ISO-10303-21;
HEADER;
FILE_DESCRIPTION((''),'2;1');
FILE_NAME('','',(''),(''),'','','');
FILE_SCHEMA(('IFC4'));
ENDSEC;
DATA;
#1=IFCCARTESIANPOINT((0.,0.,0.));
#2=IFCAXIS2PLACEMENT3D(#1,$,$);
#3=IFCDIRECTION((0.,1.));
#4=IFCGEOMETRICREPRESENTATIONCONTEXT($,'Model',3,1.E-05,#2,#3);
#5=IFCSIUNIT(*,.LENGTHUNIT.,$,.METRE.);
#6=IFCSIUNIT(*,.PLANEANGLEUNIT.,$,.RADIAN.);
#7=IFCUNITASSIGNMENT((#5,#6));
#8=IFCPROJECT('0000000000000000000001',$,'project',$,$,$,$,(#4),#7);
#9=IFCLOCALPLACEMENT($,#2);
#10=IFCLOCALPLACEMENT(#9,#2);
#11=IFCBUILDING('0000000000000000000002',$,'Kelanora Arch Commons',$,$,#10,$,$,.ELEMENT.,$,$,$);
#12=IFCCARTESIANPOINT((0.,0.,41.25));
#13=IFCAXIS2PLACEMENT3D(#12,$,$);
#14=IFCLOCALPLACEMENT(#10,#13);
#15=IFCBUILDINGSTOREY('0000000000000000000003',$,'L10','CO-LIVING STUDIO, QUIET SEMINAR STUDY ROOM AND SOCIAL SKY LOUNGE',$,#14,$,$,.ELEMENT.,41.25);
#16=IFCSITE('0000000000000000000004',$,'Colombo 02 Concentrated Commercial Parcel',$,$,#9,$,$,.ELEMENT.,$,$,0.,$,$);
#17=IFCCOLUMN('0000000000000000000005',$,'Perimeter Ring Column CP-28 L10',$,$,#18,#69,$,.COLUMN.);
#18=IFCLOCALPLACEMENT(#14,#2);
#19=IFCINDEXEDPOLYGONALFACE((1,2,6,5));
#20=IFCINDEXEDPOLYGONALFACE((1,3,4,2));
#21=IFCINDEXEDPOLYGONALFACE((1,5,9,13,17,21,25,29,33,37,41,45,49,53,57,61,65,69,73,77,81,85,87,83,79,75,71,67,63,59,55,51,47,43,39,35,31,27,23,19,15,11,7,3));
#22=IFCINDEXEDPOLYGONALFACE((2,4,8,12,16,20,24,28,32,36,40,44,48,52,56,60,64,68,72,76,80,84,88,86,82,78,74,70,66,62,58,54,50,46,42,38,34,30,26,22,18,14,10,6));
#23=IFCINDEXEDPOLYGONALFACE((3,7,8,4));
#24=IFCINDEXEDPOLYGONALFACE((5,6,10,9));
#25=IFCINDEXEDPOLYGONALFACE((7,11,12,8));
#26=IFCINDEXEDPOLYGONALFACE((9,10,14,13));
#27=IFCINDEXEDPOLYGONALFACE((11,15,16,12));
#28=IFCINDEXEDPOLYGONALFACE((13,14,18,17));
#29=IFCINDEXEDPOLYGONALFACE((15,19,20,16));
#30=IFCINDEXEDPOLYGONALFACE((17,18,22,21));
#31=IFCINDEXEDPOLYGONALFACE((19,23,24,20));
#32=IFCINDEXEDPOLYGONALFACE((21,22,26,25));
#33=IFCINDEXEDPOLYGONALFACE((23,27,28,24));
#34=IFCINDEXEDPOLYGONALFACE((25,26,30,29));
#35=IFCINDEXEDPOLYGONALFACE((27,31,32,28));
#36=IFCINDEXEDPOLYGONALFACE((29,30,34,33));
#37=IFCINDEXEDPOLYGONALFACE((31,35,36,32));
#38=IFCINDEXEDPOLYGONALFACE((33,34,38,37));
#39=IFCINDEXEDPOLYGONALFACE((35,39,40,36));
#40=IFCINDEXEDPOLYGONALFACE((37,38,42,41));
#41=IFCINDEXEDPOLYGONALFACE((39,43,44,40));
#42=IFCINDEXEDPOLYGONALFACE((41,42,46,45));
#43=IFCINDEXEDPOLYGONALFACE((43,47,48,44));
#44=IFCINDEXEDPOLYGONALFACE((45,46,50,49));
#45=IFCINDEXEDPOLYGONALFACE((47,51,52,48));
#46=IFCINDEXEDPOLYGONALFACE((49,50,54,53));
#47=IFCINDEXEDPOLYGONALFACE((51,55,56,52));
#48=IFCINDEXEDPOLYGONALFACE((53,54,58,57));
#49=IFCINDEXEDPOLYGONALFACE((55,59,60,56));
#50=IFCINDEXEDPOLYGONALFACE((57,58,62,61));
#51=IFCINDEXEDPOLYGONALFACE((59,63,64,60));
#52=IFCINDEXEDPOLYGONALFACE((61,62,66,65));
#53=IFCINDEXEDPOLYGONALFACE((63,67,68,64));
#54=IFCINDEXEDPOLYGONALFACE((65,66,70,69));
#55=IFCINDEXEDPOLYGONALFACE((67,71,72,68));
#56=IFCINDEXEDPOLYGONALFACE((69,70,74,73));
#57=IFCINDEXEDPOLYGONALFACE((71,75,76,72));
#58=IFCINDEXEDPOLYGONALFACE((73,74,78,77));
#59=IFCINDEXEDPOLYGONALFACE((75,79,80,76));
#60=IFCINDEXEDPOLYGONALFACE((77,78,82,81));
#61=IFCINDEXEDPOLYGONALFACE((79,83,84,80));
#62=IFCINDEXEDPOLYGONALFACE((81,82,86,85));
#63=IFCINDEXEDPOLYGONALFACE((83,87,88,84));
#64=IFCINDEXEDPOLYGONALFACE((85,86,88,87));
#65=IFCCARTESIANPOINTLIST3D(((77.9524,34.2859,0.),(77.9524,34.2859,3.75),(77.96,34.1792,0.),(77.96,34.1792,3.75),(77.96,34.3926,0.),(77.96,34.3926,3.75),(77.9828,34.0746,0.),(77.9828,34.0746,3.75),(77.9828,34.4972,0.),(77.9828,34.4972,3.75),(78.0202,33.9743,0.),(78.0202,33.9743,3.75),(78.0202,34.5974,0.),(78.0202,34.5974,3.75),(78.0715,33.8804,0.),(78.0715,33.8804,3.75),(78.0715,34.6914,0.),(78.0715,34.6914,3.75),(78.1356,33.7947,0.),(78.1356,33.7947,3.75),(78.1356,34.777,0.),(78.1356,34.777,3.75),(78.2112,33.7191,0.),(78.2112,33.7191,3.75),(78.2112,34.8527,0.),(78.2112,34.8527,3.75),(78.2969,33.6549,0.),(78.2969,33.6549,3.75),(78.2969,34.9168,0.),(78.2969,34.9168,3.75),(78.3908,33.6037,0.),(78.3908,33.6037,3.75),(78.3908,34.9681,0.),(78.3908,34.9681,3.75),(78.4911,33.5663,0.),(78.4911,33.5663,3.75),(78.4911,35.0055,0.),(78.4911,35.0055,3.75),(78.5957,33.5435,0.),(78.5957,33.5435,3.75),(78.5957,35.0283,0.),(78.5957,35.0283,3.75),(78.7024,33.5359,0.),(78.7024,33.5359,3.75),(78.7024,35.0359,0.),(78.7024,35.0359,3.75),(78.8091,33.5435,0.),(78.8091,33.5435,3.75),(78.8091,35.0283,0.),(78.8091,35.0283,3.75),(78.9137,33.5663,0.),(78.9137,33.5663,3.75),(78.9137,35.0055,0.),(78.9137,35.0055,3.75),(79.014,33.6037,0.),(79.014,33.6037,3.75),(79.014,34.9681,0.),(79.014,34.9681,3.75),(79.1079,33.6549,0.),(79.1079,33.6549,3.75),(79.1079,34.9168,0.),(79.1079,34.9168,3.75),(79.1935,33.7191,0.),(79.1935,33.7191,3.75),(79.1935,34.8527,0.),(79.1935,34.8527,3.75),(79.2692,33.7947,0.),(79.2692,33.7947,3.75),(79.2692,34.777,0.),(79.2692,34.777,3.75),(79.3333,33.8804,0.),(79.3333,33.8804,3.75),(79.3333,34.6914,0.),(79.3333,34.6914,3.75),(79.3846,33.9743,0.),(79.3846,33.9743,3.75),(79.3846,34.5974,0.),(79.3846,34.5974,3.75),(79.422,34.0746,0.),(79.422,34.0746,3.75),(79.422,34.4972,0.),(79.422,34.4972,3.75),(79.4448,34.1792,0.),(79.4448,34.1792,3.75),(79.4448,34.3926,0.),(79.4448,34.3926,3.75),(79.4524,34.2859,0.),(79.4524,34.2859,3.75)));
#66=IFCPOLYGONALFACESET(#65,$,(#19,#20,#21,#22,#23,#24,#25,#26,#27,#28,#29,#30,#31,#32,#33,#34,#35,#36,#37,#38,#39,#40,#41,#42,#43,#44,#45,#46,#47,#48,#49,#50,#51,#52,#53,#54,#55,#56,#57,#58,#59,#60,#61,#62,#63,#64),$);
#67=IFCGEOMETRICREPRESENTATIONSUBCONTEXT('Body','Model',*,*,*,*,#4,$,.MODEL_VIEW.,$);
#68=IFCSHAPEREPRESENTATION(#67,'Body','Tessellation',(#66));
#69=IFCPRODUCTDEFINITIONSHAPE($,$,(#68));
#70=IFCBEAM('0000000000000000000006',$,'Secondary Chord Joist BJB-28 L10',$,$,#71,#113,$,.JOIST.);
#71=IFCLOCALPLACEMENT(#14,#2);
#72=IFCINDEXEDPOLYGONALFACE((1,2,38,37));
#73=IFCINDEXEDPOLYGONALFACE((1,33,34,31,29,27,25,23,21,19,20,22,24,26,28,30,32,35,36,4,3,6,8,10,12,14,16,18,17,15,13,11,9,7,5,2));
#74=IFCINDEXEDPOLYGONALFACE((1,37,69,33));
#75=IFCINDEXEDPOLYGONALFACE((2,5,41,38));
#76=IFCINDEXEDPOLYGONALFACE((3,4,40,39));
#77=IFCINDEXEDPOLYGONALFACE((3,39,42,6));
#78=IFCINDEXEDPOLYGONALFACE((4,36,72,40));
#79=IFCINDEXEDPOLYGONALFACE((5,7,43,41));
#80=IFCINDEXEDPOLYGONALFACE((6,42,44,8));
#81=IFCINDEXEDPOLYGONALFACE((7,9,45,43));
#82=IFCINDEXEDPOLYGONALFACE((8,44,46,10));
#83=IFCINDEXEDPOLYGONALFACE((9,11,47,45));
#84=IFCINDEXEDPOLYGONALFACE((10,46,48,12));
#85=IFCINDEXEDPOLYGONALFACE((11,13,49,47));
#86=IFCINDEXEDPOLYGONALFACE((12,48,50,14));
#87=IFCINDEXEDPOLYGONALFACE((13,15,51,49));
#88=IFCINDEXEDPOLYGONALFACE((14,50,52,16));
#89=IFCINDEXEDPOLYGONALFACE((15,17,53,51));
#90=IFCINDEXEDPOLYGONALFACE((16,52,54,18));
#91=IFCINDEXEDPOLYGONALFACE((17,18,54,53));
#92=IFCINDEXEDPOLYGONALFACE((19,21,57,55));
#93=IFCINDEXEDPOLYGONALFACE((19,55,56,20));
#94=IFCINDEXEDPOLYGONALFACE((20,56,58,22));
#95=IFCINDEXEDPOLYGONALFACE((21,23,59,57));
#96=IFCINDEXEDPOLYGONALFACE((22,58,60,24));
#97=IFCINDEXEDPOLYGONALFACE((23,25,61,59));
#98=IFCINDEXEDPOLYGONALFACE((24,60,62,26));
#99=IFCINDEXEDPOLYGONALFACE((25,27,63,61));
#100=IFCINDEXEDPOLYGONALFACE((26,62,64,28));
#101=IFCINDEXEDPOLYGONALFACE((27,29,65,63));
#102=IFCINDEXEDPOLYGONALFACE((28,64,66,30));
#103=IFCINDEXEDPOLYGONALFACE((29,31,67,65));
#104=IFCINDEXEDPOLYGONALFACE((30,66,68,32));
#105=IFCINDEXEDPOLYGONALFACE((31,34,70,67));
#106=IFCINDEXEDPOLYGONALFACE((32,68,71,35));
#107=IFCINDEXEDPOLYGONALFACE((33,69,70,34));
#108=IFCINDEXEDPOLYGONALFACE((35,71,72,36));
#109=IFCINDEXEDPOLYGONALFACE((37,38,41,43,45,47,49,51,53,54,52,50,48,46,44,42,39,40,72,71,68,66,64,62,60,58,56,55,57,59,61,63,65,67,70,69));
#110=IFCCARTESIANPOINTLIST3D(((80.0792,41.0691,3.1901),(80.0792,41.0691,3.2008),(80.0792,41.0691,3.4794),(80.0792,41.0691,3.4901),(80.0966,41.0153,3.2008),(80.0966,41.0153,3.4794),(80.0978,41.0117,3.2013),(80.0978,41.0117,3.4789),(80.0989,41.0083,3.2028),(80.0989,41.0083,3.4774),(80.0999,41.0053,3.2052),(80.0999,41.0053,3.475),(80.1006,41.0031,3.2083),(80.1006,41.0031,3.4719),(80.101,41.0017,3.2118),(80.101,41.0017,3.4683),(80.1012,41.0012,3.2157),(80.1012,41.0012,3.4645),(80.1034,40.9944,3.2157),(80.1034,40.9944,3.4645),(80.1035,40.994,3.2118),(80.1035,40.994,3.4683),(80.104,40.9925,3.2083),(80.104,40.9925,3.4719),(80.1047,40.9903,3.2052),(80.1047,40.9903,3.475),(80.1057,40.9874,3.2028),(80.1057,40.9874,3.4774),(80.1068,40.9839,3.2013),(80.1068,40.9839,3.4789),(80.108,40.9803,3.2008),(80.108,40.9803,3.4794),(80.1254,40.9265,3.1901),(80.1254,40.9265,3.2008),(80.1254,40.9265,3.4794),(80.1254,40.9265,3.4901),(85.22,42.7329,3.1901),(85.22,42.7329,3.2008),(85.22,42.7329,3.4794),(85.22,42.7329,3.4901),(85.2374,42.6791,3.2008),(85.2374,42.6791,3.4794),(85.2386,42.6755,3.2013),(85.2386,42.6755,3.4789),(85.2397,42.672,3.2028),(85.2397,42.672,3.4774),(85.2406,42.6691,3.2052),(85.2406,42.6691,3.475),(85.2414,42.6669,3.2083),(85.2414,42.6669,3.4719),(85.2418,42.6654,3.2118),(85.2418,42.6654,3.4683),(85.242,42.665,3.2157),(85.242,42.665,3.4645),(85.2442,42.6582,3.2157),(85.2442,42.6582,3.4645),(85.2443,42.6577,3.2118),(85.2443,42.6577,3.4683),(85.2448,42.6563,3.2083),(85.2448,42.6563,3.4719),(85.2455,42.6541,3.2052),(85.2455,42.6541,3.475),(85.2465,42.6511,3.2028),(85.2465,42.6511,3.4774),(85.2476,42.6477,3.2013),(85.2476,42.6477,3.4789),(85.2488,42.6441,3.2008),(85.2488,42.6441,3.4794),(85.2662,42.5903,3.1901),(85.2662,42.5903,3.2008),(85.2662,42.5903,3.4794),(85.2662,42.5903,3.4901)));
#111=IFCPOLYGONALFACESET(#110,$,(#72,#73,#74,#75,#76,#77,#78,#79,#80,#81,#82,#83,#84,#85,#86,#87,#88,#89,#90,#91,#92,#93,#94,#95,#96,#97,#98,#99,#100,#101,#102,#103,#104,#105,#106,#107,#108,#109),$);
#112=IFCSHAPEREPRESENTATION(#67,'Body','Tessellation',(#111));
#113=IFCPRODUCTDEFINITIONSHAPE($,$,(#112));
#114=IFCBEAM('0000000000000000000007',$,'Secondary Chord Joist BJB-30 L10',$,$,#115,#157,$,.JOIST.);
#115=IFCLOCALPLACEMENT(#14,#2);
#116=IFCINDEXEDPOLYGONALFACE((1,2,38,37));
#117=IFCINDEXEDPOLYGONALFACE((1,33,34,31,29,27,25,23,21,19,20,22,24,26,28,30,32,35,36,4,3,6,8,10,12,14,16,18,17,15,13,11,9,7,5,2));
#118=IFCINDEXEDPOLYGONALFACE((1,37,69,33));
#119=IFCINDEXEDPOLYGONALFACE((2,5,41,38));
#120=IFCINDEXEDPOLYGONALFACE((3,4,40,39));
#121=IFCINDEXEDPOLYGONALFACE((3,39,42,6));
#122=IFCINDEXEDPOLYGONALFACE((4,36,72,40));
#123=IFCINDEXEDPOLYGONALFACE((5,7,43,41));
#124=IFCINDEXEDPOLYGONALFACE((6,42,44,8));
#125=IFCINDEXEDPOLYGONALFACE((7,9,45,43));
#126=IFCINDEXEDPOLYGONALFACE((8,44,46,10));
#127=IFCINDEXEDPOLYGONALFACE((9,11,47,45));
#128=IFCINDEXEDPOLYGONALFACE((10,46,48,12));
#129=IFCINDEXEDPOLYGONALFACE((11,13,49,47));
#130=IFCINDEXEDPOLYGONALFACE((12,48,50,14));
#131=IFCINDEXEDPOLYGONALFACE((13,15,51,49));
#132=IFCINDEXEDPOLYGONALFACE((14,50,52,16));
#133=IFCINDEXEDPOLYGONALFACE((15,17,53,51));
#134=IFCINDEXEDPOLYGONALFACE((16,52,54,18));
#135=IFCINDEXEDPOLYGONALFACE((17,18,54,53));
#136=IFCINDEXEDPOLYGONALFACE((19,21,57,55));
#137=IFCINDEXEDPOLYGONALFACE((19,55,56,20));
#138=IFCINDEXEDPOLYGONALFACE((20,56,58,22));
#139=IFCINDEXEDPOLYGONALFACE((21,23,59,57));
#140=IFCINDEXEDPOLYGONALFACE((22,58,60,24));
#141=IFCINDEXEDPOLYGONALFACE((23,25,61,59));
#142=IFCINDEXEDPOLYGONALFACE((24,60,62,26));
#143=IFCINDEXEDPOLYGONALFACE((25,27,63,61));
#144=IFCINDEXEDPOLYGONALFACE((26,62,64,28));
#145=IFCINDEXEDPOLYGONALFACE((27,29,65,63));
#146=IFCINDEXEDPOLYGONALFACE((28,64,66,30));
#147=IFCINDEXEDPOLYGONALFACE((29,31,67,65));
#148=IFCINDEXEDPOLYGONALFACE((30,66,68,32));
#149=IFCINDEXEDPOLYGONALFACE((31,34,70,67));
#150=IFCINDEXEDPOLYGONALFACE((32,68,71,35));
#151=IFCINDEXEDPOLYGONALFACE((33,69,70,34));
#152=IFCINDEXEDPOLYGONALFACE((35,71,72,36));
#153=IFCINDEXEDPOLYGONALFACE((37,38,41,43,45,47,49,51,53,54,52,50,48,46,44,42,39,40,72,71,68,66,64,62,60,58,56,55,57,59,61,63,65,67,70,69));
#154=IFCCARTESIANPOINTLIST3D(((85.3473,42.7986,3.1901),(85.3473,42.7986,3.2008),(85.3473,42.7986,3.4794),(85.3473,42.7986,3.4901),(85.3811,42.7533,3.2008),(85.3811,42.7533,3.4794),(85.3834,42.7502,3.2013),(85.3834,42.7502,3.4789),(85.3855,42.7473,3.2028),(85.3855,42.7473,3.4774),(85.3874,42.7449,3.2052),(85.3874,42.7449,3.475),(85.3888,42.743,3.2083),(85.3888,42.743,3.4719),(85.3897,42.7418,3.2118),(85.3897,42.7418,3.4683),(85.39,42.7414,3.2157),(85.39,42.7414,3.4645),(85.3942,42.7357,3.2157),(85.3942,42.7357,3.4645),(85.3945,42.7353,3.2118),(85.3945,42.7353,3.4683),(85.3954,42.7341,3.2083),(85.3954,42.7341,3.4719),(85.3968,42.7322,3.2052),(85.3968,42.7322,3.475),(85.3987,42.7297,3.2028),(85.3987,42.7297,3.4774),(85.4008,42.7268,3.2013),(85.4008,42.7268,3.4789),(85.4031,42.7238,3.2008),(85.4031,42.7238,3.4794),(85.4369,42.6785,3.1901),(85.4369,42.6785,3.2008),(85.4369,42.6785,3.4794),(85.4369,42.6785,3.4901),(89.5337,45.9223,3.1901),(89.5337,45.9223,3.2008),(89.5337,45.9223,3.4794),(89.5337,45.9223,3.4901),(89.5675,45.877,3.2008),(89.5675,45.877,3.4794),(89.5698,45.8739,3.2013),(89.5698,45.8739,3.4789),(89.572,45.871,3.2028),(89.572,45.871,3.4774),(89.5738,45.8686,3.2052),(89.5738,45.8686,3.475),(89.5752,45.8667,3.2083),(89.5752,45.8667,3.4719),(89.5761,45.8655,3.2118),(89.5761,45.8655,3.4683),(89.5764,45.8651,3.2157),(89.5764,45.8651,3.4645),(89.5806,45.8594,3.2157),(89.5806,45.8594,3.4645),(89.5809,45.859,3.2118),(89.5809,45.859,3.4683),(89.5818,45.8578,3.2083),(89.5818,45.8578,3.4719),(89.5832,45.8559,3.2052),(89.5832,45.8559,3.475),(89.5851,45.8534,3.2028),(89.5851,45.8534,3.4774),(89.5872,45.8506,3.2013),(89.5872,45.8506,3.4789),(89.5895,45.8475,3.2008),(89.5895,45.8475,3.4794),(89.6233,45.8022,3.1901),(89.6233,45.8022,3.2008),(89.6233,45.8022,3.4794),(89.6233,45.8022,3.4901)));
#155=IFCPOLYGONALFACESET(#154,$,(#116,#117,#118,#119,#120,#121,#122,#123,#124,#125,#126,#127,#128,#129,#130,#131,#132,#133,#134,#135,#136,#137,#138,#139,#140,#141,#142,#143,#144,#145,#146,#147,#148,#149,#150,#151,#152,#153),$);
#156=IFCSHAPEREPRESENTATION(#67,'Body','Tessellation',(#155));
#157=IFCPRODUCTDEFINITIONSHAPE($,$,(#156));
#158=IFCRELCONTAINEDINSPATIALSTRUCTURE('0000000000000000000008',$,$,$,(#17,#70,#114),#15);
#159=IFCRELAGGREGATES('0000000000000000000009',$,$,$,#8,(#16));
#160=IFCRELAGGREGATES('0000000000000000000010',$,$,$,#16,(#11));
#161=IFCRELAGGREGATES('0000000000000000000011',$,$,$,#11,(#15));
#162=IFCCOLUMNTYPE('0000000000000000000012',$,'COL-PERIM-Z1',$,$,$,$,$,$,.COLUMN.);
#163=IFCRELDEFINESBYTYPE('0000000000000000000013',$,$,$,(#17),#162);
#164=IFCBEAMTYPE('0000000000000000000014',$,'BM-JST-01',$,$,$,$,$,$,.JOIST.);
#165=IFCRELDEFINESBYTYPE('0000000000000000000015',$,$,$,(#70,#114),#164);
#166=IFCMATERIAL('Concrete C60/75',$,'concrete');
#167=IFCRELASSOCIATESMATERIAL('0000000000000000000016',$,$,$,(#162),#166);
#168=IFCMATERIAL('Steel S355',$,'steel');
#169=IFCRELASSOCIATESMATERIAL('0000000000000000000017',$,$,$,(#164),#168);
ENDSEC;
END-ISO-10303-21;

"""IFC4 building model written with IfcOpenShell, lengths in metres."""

from ifc_helpers import new_model, si_unit, direction, frame, origin, origin_2d, place, context, subcontext, project, spatial, circle, i_section, extrude, material, material_profile, profile_set, type_object, element, save


model = new_model("IFC4")

# Units and contexts
model_context = context("Model", 3, precision=1e-05, world=origin(), true_north=direction((0.0, 1.0)))
body_context = subcontext(model_context, "Body", "Model", "MODEL_VIEW")
ifc_project = project(units=[si_unit("LENGTHUNIT", "METRE"), si_unit("PLANEANGLEUNIT", "RADIAN")], contexts=[model_context])

# Site, building, storey
site_placement = place(None, origin())
site = spatial("IfcSite", under=ifc_project, at=site_placement, Name="Colombo 02 Concentrated Commercial Parcel", CompositionType="ELEMENT", RefElevation=0.0)
building_placement = place(site_placement, origin())
building = spatial("IfcBuilding", under=site, at=building_placement, Name="Kelanora Arch Commons", CompositionType="ELEMENT")
storey_placement = place(building_placement, frame((0.0, 0.0, 41.25)))
storey = spatial("IfcBuildingStorey", under=building, at=storey_placement, Name="L10", Description="CO-LIVING STUDIO, QUIET SEMINAR STUDY ROOM AND SOCIAL SKY LOUNGE", CompositionType="ELEMENT", Elevation=41.25)

# Column
ifc_material_1 = material(Name="Concrete C60/75", Category="concrete")
ifc_material_profile_1 = material_profile(ifc_material_1, circle(Radius=0.75, at=origin_2d()), Name="RCC1500")
ifc_profile_set_1 = profile_set([ifc_material_profile_1], Name="Concrete C60/75")
column_type = type_object("IfcColumnType", Name="COL-PERIM-Z1", PredefinedType="COLUMN", material=ifc_profile_set_1)
column_placement = place(storey_placement, frame((78.7024, 34.2859, 0.0), z_axis=(0.0, 0.0, 1.0), x_axis=(1.0, 0.0, 0.0)))
element("IfcColumn", 1, at=column_placement, inside=storey, type_object=column_type, Name="Perimeter Ring Column CP-28 L10", PredefinedType="COLUMN", context=body_context, shape_type="SweptSolid", body=[
    extrude(circle(Radius=0.75, at=origin_2d()), origin(), (0.0, 0.0, 1.0), 3.75),
])

# Beams
ifc_material_2 = material(Name="Steel S355", Category="steel")
ifc_material_profile_2 = material_profile(ifc_material_2, i_section(OverallWidth=0.1499, OverallDepth=0.3, WebThickness=0.0071, FlangeThickness=0.0107, FilletRadius=0.0149, at=origin_2d()), Name="IPE300")
ifc_profile_set_2 = profile_set([ifc_material_profile_2], Name="Steel S355")
beam_type_1 = type_object("IfcBeamType", Name="BM-JST-01", PredefinedType="JOIST", material=ifc_profile_set_2)
beam_1_placement = place(storey_placement, frame((80.1023, 40.9978, 3.3401), z_axis=(0.951412, 0.30792, 0.0), x_axis=(-0.30792, 0.951412, 0.0)))
element("IfcBeam", 2, at=beam_1_placement, inside=storey, type_object=beam_type_1, Name="Secondary Chord Joist BJB-28 L10", PredefinedType="JOIST", context=body_context, shape_type="SweptSolid", body=[
    extrude(i_section(OverallWidth=0.1499, OverallDepth=0.3, WebThickness=0.0071, FlangeThickness=0.0107, FilletRadius=0.0149, at=origin_2d()), origin(), (0.0, 0.0, 1.0), 5.4033),
])
beam_2_placement = place(storey_placement, frame((85.3921, 42.7385, 3.3401), z_axis=(0.801478, 0.598024, 0.0), x_axis=(-0.598024, 0.801478, 0.0)))
element("IfcBeam", 3, at=beam_2_placement, inside=storey, type_object=beam_type_1, Name="Secondary Chord Joist BJB-30 L10", PredefinedType="JOIST", context=body_context, shape_type="SweptSolid", body=[
    extrude(i_section(OverallWidth=0.1499, OverallDepth=0.3, WebThickness=0.0071, FlangeThickness=0.0107, FilletRadius=0.0149, at=origin_2d()), origin(), (0.0, 0.0, 1.0), 5.2234),
])

save(model, "model.ifc")
